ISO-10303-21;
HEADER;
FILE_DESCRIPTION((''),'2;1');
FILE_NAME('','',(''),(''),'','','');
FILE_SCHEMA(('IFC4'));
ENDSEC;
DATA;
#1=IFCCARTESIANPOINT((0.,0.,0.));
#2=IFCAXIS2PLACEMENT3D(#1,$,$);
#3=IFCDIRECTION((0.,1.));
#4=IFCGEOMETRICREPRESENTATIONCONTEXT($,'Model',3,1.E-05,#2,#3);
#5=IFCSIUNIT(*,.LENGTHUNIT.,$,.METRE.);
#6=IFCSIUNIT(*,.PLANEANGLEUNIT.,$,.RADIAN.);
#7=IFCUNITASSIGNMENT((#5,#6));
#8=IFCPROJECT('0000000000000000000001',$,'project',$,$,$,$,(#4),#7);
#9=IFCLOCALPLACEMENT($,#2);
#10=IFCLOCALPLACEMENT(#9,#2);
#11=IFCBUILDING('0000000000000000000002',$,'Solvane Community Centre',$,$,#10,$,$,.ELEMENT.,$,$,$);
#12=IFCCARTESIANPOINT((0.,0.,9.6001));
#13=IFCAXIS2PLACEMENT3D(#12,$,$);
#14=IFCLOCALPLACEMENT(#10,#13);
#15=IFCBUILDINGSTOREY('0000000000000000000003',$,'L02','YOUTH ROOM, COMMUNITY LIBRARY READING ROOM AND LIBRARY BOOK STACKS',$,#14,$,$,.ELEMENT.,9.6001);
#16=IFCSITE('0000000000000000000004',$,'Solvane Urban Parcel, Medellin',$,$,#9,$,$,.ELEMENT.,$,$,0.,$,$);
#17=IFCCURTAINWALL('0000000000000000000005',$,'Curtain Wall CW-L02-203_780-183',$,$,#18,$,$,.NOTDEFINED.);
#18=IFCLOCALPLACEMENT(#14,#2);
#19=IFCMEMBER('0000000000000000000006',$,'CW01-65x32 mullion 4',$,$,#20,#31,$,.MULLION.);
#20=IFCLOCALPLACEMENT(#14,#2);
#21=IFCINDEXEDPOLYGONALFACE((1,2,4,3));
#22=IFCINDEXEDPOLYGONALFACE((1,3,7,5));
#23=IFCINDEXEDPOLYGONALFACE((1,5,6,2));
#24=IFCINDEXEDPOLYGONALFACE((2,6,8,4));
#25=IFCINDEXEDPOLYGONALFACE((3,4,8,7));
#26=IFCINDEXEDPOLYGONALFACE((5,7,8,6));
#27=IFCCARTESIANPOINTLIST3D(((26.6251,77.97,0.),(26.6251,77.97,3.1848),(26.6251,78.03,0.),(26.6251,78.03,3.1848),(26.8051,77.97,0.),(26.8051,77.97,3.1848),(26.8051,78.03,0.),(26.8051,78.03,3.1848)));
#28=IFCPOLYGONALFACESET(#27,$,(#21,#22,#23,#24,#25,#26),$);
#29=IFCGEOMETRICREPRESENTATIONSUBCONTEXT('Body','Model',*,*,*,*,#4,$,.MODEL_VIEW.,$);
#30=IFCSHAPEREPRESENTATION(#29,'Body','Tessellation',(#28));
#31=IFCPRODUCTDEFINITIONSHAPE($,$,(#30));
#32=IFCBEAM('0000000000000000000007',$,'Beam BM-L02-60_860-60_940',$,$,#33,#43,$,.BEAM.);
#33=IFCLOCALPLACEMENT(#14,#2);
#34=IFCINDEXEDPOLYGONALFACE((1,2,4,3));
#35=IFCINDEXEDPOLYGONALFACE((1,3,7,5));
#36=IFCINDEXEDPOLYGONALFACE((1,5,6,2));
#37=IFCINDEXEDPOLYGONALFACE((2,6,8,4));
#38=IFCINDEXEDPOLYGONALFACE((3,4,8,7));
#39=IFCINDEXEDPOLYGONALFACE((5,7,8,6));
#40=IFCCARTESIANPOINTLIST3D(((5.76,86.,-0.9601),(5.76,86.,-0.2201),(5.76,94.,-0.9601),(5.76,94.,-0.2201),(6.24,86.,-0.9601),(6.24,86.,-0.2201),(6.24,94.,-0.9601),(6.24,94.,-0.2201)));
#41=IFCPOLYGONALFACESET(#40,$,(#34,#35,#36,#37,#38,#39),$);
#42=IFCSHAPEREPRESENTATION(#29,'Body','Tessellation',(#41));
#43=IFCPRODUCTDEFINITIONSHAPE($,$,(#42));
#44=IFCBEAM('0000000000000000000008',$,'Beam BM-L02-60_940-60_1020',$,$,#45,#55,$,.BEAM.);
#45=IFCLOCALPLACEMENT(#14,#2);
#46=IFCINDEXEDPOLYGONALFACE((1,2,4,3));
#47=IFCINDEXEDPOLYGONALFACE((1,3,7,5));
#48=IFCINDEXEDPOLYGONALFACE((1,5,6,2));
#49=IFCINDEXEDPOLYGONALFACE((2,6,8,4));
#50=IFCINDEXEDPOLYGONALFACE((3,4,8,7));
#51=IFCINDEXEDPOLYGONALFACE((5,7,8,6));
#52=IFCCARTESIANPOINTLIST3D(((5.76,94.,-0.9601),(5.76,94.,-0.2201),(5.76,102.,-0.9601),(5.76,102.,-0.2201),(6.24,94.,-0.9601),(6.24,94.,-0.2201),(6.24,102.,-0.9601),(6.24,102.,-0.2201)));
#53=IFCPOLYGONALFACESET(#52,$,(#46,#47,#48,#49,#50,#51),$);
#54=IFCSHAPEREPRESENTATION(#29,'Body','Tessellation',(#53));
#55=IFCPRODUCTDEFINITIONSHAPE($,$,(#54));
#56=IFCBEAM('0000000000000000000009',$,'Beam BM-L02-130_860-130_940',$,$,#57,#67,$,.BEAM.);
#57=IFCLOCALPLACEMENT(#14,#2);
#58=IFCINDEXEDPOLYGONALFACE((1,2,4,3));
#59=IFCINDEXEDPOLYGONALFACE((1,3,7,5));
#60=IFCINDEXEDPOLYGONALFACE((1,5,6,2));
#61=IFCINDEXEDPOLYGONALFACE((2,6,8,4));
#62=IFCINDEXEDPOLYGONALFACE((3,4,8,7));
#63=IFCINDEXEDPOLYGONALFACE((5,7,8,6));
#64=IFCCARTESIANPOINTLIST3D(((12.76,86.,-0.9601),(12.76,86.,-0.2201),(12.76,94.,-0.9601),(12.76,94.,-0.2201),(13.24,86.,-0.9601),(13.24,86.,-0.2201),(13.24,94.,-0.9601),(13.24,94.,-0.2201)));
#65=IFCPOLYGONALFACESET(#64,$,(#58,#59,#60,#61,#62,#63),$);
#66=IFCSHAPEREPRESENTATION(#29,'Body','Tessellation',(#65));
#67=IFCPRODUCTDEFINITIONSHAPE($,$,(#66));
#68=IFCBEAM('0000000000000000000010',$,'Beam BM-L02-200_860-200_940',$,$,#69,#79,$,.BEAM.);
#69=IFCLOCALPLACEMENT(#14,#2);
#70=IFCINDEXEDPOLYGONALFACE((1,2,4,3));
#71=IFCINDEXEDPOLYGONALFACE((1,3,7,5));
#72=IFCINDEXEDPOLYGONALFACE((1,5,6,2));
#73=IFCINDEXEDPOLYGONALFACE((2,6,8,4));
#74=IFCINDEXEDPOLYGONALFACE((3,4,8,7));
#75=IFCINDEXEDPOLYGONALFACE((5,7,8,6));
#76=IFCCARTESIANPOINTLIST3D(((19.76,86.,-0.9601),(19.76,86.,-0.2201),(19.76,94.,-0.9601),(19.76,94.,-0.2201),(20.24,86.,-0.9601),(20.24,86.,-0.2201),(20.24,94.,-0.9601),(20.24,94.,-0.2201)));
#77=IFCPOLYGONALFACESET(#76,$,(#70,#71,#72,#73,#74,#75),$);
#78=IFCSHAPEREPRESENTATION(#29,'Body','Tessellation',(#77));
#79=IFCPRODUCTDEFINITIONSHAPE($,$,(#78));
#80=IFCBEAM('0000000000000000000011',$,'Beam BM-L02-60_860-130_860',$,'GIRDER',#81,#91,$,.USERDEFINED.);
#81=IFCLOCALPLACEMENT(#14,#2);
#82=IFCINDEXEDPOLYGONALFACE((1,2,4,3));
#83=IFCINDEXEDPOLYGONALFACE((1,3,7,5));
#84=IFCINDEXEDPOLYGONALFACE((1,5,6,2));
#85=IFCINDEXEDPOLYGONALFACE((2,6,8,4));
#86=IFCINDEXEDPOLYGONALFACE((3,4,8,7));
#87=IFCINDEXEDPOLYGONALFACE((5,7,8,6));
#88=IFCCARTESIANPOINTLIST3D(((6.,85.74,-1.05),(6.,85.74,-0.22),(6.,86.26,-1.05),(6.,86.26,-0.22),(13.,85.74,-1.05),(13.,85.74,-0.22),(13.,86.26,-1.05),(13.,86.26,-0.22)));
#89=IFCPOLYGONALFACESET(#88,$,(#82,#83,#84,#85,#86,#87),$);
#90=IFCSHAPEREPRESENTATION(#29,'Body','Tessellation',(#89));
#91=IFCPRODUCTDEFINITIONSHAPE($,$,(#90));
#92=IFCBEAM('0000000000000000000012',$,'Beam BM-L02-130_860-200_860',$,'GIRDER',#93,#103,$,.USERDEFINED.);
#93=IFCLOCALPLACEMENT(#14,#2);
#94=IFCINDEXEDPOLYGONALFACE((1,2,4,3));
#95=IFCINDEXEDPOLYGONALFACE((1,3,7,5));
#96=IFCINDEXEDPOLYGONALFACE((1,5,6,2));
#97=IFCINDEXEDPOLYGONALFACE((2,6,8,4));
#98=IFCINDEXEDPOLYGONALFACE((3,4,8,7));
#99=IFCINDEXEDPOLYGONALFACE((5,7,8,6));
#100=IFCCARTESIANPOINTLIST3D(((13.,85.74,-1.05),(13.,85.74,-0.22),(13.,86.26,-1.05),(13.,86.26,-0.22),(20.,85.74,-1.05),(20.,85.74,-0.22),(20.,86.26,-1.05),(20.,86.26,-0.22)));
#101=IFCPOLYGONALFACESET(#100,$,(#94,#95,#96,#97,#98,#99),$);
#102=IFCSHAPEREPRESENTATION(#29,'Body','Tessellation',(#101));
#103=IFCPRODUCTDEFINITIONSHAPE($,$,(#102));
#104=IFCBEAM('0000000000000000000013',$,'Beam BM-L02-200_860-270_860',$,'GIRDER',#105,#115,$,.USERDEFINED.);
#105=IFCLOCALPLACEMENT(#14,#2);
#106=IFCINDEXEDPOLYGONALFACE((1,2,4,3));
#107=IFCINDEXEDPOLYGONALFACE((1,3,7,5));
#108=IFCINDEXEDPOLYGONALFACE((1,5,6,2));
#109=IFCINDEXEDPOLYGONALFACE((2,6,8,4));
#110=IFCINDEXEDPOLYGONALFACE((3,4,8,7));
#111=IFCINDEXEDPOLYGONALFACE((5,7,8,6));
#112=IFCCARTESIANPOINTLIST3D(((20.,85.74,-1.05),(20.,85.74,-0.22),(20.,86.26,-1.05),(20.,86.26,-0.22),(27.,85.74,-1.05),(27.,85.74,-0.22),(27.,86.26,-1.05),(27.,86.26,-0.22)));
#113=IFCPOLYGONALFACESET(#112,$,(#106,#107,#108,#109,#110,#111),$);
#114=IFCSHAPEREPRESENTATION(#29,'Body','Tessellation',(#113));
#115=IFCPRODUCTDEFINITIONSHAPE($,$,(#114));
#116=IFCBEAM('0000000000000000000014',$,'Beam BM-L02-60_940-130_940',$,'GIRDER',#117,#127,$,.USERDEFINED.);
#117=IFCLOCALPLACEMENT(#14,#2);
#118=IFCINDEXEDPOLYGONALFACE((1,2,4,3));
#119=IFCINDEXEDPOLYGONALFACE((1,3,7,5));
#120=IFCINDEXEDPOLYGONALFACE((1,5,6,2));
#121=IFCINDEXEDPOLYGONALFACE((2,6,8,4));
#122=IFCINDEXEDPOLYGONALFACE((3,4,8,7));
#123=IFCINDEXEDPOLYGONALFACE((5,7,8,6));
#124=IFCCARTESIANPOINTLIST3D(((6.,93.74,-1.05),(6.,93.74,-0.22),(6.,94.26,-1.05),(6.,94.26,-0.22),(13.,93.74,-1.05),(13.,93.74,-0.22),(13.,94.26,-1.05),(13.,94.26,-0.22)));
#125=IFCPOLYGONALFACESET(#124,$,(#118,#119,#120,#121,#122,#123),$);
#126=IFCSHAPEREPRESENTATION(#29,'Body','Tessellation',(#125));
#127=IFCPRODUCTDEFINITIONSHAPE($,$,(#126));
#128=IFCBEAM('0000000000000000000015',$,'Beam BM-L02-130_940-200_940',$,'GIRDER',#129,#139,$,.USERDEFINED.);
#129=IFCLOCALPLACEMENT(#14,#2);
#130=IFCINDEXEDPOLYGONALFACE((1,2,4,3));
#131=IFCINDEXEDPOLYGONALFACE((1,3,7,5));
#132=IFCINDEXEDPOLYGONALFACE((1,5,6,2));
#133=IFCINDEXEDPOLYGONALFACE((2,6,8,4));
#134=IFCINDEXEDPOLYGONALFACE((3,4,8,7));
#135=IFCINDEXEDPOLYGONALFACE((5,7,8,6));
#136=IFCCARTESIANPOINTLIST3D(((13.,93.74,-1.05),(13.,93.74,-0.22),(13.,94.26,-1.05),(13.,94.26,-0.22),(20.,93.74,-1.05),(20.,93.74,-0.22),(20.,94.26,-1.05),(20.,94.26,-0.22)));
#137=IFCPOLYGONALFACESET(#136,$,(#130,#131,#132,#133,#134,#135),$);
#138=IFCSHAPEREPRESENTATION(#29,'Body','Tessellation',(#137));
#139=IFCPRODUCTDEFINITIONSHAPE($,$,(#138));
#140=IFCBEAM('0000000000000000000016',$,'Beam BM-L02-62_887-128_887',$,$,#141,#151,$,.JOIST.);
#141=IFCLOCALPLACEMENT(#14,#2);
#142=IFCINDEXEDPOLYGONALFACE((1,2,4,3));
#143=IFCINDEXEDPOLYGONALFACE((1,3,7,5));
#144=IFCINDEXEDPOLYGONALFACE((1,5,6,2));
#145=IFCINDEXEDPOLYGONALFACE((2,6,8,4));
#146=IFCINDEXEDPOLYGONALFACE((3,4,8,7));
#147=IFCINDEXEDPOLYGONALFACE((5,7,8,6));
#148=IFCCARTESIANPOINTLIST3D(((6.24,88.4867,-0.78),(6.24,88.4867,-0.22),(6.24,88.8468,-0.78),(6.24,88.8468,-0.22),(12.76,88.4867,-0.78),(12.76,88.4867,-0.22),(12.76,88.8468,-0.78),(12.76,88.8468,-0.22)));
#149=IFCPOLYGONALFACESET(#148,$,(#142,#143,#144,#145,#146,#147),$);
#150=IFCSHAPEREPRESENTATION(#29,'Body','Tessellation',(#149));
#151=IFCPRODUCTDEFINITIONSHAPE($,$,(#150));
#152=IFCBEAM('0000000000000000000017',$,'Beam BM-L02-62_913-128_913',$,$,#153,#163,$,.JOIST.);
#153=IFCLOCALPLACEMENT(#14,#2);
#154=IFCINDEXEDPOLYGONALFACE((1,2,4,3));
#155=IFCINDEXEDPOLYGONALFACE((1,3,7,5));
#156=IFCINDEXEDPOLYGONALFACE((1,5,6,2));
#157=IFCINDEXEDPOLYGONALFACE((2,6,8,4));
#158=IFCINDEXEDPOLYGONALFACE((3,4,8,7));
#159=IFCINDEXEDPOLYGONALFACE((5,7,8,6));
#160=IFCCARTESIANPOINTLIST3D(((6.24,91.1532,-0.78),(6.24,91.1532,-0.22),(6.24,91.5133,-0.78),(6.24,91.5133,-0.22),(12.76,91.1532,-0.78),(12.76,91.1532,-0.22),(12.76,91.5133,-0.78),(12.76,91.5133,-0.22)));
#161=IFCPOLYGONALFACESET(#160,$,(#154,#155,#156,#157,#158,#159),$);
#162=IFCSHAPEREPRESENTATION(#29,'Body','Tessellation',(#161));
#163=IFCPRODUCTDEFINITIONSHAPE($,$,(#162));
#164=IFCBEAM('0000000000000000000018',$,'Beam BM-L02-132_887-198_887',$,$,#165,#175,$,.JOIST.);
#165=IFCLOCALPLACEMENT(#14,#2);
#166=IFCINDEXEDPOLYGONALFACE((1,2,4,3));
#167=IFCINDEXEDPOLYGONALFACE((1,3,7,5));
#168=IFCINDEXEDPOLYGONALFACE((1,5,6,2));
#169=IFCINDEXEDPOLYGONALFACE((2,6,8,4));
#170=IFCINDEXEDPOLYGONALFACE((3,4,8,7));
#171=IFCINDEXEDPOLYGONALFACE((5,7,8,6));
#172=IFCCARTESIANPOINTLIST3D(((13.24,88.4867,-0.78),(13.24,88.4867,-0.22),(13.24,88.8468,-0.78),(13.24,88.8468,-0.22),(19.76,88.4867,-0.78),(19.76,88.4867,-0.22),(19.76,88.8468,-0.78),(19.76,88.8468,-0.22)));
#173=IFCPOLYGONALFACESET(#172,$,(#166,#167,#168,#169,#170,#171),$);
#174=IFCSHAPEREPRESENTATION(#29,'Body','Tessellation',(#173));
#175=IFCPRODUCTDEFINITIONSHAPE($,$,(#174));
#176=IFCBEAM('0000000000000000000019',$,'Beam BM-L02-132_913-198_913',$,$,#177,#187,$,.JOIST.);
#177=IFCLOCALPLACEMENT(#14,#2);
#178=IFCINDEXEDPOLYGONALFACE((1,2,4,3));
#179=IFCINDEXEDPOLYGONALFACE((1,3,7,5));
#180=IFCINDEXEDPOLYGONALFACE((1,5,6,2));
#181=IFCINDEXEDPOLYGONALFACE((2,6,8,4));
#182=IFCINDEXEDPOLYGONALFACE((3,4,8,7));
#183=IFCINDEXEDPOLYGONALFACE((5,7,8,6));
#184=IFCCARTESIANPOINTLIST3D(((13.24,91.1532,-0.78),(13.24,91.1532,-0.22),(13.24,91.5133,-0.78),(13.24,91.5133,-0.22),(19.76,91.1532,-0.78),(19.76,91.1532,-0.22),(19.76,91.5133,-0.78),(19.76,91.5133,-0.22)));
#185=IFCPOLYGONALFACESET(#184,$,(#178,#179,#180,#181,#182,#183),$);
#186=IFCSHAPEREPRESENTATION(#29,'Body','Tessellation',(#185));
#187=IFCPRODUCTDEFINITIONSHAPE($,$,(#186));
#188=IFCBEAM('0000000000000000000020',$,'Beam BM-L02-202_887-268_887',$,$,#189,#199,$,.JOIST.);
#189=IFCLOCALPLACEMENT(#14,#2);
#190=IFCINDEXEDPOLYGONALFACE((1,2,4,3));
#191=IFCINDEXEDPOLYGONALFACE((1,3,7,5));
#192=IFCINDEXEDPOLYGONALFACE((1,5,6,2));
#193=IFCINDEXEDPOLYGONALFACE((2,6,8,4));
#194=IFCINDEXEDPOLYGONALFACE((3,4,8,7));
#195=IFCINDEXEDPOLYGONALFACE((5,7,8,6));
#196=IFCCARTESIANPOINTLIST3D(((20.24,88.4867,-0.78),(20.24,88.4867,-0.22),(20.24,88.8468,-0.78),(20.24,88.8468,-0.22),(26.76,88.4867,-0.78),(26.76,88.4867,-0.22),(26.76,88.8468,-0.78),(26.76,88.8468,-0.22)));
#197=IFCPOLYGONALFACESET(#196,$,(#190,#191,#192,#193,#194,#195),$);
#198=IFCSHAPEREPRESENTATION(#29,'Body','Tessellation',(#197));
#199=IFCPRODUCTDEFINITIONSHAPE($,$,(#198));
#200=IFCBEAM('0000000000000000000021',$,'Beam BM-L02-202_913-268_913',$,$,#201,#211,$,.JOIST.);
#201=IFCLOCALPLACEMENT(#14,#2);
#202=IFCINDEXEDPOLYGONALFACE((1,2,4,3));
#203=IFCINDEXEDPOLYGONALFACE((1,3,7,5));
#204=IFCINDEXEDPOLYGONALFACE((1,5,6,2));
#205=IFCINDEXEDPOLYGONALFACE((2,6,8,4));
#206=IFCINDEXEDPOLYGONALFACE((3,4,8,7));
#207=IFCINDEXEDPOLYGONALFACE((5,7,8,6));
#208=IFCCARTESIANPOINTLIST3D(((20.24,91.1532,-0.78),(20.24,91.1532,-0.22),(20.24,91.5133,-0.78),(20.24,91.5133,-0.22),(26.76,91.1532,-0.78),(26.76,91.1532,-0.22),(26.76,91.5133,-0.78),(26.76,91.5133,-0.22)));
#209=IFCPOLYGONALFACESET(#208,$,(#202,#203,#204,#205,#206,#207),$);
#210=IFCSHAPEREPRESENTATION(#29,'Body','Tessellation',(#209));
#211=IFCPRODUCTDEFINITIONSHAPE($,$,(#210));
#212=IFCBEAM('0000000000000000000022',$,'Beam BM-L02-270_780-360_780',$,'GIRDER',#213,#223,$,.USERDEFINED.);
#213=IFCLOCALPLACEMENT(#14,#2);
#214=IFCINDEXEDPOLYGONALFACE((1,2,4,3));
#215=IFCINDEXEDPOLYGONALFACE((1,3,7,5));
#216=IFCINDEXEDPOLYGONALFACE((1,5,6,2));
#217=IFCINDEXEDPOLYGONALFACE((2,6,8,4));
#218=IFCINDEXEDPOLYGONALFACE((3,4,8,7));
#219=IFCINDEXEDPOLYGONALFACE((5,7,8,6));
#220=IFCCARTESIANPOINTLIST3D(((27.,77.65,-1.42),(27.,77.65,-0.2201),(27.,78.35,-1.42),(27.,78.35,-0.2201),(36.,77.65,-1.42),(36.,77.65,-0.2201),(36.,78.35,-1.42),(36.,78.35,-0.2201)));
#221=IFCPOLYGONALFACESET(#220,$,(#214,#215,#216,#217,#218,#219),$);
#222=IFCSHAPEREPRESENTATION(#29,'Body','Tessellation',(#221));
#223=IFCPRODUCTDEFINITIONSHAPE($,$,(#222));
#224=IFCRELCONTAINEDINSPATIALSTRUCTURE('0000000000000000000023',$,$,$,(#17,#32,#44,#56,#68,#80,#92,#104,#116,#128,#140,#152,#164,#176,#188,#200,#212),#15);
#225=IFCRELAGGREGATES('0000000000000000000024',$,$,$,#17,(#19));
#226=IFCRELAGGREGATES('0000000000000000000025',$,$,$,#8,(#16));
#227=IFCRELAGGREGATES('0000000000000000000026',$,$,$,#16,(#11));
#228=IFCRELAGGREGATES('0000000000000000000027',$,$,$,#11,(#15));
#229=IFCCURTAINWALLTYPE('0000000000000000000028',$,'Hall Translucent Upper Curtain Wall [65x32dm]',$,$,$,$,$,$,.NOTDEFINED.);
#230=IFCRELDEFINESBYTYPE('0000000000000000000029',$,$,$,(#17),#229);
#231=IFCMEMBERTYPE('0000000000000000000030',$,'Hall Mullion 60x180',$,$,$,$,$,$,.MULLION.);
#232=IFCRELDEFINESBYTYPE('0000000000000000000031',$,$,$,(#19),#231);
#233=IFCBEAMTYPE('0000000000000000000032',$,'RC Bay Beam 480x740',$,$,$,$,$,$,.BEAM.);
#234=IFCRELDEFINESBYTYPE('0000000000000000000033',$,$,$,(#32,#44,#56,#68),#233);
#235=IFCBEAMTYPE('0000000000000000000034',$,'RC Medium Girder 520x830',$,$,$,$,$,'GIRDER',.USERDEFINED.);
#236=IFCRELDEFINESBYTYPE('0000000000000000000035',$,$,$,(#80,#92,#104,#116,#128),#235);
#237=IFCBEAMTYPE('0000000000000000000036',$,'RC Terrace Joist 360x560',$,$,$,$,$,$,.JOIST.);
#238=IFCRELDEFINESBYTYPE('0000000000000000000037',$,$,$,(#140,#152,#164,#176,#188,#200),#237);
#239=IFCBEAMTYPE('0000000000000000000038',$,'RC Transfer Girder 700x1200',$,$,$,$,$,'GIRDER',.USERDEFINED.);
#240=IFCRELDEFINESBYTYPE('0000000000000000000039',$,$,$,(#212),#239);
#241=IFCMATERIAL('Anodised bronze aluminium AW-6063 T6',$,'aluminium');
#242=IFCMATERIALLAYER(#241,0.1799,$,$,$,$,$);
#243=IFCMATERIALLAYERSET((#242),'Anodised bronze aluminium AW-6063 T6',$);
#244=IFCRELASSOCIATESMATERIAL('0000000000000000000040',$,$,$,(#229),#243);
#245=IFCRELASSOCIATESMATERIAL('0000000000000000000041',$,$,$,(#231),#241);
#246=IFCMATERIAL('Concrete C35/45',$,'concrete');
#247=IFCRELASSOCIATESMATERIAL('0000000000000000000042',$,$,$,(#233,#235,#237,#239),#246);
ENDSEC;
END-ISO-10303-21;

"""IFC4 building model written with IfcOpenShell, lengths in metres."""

from ifc_helpers import new_model, si_unit, direction, frame, origin, origin_2d, place, context, subcontext, project, spatial, rectangle, extrude, material, layer, layer_set, material_profile, profile_set, type_object, element, aggregate, save


model = new_model("IFC4")

# Units and contexts
model_context = context("Model", 3, precision=1e-05, world=origin(), true_north=direction((0.0, 1.0)))
body_context = subcontext(model_context, "Body", "Model", "MODEL_VIEW")
ifc_project = project(units=[si_unit("LENGTHUNIT", "METRE"), si_unit("PLANEANGLEUNIT", "RADIAN")], contexts=[model_context])

# Site, building, storey
site_placement = place(None, origin())
site = spatial("IfcSite", under=ifc_project, at=site_placement, Name="Solvane Urban Parcel, Medellin", CompositionType="ELEMENT", RefElevation=0.0)
building_placement = place(site_placement, origin())
building = spatial("IfcBuilding", under=site, at=building_placement, Name="Solvane Community Centre", CompositionType="ELEMENT")
storey_placement = place(building_placement, frame((0.0, 0.0, 9.6001)))
storey = spatial("IfcBuildingStorey", under=building, at=storey_placement, Name="L02", Description="YOUTH ROOM, COMMUNITY LIBRARY READING ROOM AND LIBRARY BOOK STACKS", CompositionType="ELEMENT", Elevation=9.6001)

# Curtain wall, member
ifc_material_1 = material(Name="Anodised bronze aluminium AW-6063 T6", Category="aluminium")
ifc_layer_1 = layer(ifc_material_1, 0.1799)
ifc_layer_set_1 = layer_set([ifc_layer_1], Name="Anodised bronze aluminium AW-6063 T6")
curtain_wall_type = type_object("IfcCurtainWallType", Name="Hall Translucent Upper Curtain Wall [65x32dm]", PredefinedType="NOTDEFINED", material=ifc_layer_set_1)
curtain_wall_placement = place(storey_placement, origin())
curtain_wall = element("IfcCurtainWall", 1, at=curtain_wall_placement, inside=storey, type_object=curtain_wall_type, Name="Curtain Wall CW-L02-203_780-183", PredefinedType="NOTDEFINED")
ifc_material_profile_1 = material_profile(ifc_material_1, rectangle(XDim=0.0601, YDim=0.1799, at=origin_2d()), Name="CW-M 60x180")
ifc_profile_set_1 = profile_set([ifc_material_profile_1], Name="Anodised bronze aluminium AW-6063 T6")
member_type = type_object("IfcMemberType", Name="Hall Mullion 60x180", PredefinedType="MULLION", material=ifc_profile_set_1)
member_placement = place(storey_placement, frame((26.7151, 78.0, 0.0), z_axis=(0.0, 0.0, 1.0), x_axis=(0.0, 1.0, 0.0)))
member = element("IfcMember", 2, at=member_placement, type_object=member_type, Name="CW01-65x32 mullion 4", PredefinedType="MULLION", context=body_context, shape_type="SweptSolid", body=[
    extrude(rectangle(XDim=0.0601, YDim=0.1799, at=origin_2d()), origin(), (0.0, 0.0, 1.0), 3.1848),
])

# Beams
ifc_material_2 = material(Name="Concrete C35/45", Category="concrete")
ifc_material_profile_2 = material_profile(ifc_material_2, rectangle(XDim=0.48, YDim=0.74, at=origin_2d()), Name="RC 480x740")
ifc_profile_set_2 = profile_set([ifc_material_profile_2], Name="Concrete C35/45")
beam_type_1 = type_object("IfcBeamType", Name="RC Bay Beam 480x740", PredefinedType="BEAM", material=ifc_profile_set_2)
for number, where, z_axis, x_axis, name in (
    (3, (6.0, 86.0, -0.5901), (0.0, 1.0, 0.0), (-1.0, 0.0, 0.0), "Beam BM-L02-60_860-60_940"),
    (4, (6.0, 94.0, -0.5901), (0.0, 1.0, 0.0), (-1.0, 0.0, 0.0), "Beam BM-L02-60_940-60_1020"),
    (5, (13.0, 86.0, -0.5901), (0.0, 1.0, 0.0), (-1.0, 0.0, 0.0), "Beam BM-L02-130_860-130_940"),
    (6, (20.0, 86.0, -0.5901), (0.0, 1.0, 0.0), (-1.0, 0.0, 0.0), "Beam BM-L02-200_860-200_940"),
):
    element("IfcBeam", number, at=place(storey_placement, frame(where, z_axis=z_axis, x_axis=x_axis)), inside=storey, type_object=beam_type_1, Name=name, PredefinedType="BEAM", context=body_context, shape_type="SweptSolid", body=[
        extrude(rectangle(XDim=0.48, YDim=0.74, at=origin_2d()), origin(), (0.0, 0.0, 1.0), 8.0),
    ])
ifc_material_profile_3 = material_profile(ifc_material_2, rectangle(XDim=0.52, YDim=0.8301, at=origin_2d()), Name="RC 520x830")
ifc_profile_set_3 = profile_set([ifc_material_profile_3], Name="Concrete C35/45")
beam_type_2 = type_object("IfcBeamType", Name="RC Medium Girder 520x830", ElementType="GIRDER", PredefinedType="USERDEFINED", material=ifc_profile_set_3)
for number, where, z_axis, x_axis, name in (
    (7, (6.0, 86.0, -0.635), (1.0, 0.0, 0.0), (0.0, 1.0, 0.0), "Beam BM-L02-60_860-130_860"),
    (8, (13.0, 86.0, -0.635), (1.0, 0.0, 0.0), (0.0, 1.0, 0.0), "Beam BM-L02-130_860-200_860"),
    (9, (20.0, 86.0, -0.635), (1.0, 0.0, 0.0), (0.0, 1.0, 0.0), "Beam BM-L02-200_860-270_860"),
    (10, (6.0, 94.0, -0.635), (1.0, 0.0, 0.0), (0.0, 1.0, 0.0), "Beam BM-L02-60_940-130_940"),
    (11, (13.0, 94.0, -0.635), (1.0, 0.0, 0.0), (0.0, 1.0, 0.0), "Beam BM-L02-130_940-200_940"),
):
    element("IfcBeam", number, at=place(storey_placement, frame(where, z_axis=z_axis, x_axis=x_axis)), inside=storey, type_object=beam_type_2, Name=name, ObjectType="GIRDER", PredefinedType="USERDEFINED", context=body_context, shape_type="SweptSolid", body=[
        extrude(rectangle(XDim=0.52, YDim=0.8301, at=origin_2d()), origin(), (0.0, 0.0, 1.0), 7.0),
    ])
ifc_material_profile_4 = material_profile(ifc_material_2, rectangle(XDim=0.3601, YDim=0.5601, at=origin_2d()), Name="RC 360x560")
ifc_profile_set_4 = profile_set([ifc_material_profile_4], Name="Concrete C35/45")
beam_type_3 = type_object("IfcBeamType", Name="RC Terrace Joist 360x560", PredefinedType="JOIST", material=ifc_profile_set_4)
for number, where, z_axis, x_axis, name in (
    (12, (6.24, 88.6667, -0.5), (1.0, 0.0, 0.0), (0.0, 1.0, 0.0), "Beam BM-L02-62_887-128_887"),
    (13, (6.24, 91.3333, -0.5), (1.0, 0.0, 0.0), (0.0, 1.0, 0.0), "Beam BM-L02-62_913-128_913"),
    (14, (13.24, 88.6667, -0.5), (1.0, 0.0, 0.0), (0.0, 1.0, 0.0), "Beam BM-L02-132_887-198_887"),
    (15, (13.24, 91.3333, -0.5), (1.0, 0.0, 0.0), (0.0, 1.0, 0.0), "Beam BM-L02-132_913-198_913"),
    (16, (20.24, 88.6667, -0.5), (1.0, 0.0, 0.0), (0.0, 1.0, 0.0), "Beam BM-L02-202_887-268_887"),
    (17, (20.24, 91.3333, -0.5), (1.0, 0.0, 0.0), (0.0, 1.0, 0.0), "Beam BM-L02-202_913-268_913"),
):
    element("IfcBeam", number, at=place(storey_placement, frame(where, z_axis=z_axis, x_axis=x_axis)), inside=storey, type_object=beam_type_3, Name=name, PredefinedType="JOIST", context=body_context, shape_type="SweptSolid", body=[
        extrude(rectangle(XDim=0.3601, YDim=0.5601, at=origin_2d()), origin(), (0.0, 0.0, 1.0), 6.52),
    ])
ifc_material_profile_5 = material_profile(ifc_material_2, rectangle(XDim=0.7, YDim=1.2, at=origin_2d()), Name="RC 700x1200")
ifc_profile_set_5 = profile_set([ifc_material_profile_5], Name="Concrete C35/45")
beam_type_4 = type_object("IfcBeamType", Name="RC Transfer Girder 700x1200", ElementType="GIRDER", PredefinedType="USERDEFINED", material=ifc_profile_set_5)
beam_placement = place(storey_placement, frame((27.0, 78.0, -0.8201), z_axis=(1.0, 0.0, 0.0), x_axis=(0.0, 1.0, 0.0)))
element("IfcBeam", 18, at=beam_placement, inside=storey, type_object=beam_type_4, Name="Beam BM-L02-270_780-360_780", ObjectType="GIRDER", PredefinedType="USERDEFINED", context=body_context, shape_type="SweptSolid", body=[
    extrude(rectangle(XDim=0.7, YDim=1.2, at=origin_2d()), origin(), (0.0, 0.0, 1.0), 9.0),
])

aggregate(curtain_wall, [member])

save(model, "model.ifc")
